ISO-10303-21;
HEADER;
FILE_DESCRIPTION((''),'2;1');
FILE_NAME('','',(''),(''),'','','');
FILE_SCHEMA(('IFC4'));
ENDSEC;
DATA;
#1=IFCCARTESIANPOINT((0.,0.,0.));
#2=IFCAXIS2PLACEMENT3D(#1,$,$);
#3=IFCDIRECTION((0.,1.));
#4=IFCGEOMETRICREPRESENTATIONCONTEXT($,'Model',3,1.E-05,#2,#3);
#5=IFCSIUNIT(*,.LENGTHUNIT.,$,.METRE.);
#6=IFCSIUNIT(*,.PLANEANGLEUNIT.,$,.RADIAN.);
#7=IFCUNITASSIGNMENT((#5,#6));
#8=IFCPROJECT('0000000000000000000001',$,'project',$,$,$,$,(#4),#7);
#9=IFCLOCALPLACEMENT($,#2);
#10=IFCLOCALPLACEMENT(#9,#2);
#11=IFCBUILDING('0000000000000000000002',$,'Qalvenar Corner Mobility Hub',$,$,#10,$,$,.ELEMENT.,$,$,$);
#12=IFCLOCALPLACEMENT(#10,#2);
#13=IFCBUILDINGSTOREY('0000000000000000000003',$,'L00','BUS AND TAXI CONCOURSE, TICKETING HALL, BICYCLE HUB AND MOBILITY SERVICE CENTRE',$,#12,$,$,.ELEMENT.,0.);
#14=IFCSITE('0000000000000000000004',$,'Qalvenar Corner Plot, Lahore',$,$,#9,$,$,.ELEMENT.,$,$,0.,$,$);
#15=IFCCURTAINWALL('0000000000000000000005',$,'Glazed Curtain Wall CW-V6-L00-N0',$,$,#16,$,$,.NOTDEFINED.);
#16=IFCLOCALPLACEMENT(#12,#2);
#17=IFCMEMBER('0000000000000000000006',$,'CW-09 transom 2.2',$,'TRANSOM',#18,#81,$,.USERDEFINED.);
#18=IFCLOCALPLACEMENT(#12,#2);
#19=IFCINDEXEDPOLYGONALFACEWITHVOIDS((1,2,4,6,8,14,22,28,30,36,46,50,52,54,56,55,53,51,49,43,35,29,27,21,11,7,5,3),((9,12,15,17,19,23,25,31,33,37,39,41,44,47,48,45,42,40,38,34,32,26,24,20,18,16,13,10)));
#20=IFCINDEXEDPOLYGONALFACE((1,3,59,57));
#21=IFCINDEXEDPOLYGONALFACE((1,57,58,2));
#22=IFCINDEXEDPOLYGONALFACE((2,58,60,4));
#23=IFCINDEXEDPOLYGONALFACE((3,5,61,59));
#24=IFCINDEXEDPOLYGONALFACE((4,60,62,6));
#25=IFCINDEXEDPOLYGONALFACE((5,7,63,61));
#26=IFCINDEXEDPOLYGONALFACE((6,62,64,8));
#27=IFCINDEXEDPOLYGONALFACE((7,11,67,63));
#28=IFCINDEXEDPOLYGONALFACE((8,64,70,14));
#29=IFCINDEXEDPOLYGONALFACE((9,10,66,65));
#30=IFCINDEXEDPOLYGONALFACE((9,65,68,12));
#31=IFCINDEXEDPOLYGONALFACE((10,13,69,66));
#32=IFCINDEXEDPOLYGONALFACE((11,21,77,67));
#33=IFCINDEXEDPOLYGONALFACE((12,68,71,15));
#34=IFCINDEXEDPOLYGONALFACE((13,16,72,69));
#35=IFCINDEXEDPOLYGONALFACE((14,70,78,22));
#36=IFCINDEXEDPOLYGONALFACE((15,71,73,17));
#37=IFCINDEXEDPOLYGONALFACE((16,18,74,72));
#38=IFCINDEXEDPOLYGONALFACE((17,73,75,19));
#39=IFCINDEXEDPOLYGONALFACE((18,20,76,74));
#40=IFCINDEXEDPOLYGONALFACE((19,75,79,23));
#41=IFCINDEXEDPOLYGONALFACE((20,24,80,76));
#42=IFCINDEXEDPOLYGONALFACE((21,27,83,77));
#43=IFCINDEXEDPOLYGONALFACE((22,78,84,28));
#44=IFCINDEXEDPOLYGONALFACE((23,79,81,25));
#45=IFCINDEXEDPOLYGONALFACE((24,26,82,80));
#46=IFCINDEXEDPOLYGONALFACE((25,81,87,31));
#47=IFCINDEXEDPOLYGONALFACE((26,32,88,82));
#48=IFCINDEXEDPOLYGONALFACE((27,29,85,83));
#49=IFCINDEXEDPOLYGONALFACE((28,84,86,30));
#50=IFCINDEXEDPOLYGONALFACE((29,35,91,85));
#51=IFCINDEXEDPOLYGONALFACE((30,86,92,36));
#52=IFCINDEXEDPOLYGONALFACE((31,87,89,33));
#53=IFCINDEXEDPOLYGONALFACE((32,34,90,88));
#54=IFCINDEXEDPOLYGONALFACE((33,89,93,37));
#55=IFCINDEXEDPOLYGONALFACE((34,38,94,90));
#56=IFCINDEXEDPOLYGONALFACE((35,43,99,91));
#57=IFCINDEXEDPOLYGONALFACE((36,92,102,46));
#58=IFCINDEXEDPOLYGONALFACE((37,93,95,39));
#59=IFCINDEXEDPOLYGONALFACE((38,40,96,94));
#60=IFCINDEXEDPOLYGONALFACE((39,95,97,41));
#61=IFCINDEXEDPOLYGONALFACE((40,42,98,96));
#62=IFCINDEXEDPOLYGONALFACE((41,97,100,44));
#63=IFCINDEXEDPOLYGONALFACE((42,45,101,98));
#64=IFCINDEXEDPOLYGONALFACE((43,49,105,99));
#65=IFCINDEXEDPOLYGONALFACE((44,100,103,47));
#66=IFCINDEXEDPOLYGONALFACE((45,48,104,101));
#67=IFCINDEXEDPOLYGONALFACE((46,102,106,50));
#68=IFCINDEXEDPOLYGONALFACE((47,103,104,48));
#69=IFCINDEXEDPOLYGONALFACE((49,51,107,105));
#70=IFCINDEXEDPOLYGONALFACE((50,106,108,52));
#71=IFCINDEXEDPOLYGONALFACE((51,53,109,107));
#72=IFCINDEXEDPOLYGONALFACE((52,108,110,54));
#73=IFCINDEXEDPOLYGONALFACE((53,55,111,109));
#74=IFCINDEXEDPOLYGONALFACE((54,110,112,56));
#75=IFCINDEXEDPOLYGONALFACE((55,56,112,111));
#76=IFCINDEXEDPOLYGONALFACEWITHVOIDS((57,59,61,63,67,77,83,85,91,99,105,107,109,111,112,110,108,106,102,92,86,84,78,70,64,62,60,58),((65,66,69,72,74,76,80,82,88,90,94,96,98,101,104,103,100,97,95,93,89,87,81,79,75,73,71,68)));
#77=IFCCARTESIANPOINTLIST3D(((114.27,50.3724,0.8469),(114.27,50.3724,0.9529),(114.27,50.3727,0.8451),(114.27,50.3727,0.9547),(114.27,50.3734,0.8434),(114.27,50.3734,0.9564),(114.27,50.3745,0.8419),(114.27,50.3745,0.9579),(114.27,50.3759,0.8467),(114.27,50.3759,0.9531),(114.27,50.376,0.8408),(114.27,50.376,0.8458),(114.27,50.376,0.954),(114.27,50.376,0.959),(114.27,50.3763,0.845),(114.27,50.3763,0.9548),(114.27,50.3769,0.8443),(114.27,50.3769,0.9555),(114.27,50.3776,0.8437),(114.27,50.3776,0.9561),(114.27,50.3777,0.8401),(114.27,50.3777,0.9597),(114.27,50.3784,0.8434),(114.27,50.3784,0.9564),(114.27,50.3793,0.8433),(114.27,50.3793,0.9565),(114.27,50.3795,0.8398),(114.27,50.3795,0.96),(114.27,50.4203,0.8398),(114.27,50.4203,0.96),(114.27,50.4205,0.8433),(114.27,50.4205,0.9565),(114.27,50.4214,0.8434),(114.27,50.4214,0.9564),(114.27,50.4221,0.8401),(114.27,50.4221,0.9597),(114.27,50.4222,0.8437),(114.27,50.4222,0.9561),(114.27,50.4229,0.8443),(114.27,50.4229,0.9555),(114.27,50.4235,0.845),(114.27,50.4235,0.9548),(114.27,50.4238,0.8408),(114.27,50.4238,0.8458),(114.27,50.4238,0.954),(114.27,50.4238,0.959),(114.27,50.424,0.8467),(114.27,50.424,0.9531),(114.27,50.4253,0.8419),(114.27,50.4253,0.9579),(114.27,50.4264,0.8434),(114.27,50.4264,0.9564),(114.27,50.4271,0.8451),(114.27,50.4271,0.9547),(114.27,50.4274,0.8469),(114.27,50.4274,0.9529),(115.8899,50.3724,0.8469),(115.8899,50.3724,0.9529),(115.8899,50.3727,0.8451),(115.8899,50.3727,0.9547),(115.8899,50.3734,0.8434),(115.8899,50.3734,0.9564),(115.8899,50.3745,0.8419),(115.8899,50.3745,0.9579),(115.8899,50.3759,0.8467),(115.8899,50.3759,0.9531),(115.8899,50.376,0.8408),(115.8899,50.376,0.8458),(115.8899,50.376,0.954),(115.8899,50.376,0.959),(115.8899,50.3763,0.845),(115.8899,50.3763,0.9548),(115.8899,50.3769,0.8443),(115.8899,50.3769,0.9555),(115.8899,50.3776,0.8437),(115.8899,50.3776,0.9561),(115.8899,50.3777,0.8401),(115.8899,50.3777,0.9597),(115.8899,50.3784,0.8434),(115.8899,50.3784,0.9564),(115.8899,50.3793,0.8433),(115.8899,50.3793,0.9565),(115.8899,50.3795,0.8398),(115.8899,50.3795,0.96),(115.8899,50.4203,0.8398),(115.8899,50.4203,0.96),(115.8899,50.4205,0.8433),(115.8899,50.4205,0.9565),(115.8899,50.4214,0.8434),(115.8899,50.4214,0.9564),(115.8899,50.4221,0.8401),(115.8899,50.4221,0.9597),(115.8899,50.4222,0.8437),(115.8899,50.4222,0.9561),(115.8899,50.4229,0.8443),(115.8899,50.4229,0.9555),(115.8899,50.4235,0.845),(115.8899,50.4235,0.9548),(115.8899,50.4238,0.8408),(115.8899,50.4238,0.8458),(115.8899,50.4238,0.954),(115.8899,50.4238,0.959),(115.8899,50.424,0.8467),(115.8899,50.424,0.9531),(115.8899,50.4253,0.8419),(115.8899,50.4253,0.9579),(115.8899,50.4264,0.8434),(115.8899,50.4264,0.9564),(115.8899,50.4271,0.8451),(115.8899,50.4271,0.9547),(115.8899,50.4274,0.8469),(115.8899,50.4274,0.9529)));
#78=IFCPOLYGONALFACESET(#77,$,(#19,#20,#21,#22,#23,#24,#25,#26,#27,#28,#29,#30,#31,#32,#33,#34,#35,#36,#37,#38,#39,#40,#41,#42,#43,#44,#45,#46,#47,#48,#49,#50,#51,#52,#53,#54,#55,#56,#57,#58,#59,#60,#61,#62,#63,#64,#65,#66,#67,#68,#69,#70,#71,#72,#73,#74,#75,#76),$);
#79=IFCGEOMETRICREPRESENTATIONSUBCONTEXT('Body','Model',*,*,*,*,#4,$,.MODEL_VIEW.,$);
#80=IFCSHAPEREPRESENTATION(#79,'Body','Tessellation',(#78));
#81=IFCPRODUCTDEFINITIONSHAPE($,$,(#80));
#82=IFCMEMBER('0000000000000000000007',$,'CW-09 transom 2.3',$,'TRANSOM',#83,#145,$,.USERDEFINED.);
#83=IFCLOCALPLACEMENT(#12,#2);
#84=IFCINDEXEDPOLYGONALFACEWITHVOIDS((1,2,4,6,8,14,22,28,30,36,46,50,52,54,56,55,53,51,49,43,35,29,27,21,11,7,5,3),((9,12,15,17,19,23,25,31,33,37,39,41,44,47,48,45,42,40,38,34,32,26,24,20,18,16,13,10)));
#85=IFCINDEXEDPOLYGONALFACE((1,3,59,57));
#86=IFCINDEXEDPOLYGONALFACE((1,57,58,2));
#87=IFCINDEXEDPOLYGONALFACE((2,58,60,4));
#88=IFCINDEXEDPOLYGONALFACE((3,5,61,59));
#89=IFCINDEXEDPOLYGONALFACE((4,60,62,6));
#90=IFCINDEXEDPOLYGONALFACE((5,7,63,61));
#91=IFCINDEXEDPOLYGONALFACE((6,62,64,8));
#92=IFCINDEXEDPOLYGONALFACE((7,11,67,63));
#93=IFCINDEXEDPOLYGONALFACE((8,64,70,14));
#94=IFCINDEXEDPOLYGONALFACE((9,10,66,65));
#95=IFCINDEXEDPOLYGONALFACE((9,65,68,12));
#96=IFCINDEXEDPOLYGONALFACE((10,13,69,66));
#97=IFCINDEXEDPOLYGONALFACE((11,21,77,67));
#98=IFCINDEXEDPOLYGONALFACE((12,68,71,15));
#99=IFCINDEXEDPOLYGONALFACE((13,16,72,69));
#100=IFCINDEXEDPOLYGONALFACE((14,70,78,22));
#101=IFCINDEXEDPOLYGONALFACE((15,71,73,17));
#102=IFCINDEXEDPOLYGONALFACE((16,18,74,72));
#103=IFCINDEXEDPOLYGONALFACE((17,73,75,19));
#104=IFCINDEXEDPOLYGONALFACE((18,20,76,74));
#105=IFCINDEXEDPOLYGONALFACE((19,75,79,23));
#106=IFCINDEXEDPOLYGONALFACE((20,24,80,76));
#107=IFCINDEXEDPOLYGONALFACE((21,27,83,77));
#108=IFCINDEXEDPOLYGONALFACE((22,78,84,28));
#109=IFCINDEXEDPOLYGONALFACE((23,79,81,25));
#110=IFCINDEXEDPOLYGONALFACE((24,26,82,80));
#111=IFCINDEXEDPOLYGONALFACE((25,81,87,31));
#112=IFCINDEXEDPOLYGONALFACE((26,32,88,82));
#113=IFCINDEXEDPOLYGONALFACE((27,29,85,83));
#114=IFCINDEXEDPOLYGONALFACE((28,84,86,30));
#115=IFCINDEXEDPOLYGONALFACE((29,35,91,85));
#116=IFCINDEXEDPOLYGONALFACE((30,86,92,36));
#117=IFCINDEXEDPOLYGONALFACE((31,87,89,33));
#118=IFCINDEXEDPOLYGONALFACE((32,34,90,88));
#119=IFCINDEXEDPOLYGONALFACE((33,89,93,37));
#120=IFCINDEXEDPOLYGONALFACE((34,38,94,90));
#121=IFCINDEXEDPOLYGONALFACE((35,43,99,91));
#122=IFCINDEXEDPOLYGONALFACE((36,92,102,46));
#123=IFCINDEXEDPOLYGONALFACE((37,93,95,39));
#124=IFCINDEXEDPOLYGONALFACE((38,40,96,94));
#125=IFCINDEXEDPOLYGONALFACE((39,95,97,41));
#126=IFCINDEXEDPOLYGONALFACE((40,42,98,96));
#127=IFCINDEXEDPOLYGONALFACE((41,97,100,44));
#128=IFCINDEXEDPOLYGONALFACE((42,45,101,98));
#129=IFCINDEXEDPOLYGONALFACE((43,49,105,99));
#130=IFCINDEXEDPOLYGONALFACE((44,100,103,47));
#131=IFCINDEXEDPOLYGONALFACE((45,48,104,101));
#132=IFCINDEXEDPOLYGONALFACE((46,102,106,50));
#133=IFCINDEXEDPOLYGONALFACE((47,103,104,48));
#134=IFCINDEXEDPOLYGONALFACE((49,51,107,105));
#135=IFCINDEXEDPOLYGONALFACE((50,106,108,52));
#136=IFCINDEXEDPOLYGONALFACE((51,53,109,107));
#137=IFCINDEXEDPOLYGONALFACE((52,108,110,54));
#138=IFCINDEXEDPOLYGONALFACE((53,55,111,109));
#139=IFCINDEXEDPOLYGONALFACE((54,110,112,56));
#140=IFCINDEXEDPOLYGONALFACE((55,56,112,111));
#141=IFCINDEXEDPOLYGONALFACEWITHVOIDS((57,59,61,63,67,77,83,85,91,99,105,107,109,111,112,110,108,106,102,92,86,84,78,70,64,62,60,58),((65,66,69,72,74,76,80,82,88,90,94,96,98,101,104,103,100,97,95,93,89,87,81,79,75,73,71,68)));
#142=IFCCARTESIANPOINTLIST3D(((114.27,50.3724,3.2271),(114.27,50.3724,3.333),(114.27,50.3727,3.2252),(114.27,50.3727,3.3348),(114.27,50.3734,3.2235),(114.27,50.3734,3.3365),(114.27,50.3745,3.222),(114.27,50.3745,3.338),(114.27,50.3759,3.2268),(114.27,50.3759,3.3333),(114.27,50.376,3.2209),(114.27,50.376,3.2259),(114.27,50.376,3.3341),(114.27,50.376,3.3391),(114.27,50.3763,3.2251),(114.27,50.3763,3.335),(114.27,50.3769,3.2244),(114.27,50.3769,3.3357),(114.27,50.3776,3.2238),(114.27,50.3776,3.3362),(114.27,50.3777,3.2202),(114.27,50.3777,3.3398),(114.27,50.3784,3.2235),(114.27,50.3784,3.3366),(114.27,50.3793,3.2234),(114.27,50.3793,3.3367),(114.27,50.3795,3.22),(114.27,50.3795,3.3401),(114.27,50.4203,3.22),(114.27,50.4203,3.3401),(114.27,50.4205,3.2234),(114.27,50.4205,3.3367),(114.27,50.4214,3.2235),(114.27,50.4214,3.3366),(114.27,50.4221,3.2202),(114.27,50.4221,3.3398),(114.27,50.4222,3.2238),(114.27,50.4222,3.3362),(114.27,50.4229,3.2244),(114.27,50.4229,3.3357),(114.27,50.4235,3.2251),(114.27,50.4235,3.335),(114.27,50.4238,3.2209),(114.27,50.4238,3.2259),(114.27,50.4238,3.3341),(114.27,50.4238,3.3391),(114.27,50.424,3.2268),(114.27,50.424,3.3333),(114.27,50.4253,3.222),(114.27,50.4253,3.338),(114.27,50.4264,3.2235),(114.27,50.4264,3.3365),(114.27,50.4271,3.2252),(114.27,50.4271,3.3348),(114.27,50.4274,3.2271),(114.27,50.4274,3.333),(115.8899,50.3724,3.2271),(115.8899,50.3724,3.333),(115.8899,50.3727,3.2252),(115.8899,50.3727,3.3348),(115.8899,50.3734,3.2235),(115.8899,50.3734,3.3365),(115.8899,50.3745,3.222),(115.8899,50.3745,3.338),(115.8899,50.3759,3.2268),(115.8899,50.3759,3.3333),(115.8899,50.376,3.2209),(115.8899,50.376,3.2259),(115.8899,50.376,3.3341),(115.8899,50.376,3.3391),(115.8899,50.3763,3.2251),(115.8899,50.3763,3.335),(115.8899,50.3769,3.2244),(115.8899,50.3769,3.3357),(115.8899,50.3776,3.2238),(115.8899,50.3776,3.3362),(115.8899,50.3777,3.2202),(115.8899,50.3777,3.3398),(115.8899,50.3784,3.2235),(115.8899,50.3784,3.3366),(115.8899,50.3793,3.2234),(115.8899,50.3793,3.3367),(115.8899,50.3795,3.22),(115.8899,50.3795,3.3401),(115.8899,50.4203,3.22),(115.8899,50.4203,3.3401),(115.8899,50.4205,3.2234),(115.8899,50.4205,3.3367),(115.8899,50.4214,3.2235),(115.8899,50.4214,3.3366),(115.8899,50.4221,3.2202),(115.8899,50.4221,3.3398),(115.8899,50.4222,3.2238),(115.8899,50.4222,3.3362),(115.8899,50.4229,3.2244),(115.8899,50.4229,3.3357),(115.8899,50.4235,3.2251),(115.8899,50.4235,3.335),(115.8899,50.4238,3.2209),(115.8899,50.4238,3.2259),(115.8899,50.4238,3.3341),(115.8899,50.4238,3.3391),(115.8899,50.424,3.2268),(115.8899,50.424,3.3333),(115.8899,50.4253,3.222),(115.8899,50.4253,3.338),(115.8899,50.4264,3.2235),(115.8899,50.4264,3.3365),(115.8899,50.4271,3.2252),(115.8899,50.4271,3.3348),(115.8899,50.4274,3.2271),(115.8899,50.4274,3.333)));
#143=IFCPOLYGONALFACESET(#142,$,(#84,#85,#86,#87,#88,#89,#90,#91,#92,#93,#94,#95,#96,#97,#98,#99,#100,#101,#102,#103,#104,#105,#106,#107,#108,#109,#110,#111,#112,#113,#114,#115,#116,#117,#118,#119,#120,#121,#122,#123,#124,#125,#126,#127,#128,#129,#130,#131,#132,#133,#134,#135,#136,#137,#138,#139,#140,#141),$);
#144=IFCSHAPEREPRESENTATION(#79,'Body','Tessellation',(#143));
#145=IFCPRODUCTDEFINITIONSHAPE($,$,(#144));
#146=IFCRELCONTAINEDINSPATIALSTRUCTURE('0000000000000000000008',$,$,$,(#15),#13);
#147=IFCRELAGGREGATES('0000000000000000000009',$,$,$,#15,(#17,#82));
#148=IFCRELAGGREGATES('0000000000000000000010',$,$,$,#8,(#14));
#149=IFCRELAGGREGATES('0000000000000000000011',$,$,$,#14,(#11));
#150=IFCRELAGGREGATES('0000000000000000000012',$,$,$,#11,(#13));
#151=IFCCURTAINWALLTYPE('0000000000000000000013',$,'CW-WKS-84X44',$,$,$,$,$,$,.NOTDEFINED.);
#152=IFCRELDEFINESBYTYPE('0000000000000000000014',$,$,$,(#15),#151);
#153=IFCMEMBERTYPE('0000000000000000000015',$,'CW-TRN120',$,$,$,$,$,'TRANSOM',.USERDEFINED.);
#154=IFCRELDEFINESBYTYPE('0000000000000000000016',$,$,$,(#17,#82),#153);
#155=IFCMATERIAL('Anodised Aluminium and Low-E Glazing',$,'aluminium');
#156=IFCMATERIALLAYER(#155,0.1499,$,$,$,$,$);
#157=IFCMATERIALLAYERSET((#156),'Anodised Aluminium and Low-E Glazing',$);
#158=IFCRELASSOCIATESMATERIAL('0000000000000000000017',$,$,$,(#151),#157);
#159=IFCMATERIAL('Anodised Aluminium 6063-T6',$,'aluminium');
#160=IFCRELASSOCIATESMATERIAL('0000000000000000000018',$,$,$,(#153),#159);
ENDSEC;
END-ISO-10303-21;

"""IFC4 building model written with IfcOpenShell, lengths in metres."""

from ifc_helpers import new_model, si_unit, direction, frame, origin, origin_2d, place, context, subcontext, project, spatial, hollow_rectangle, extrude, material, layer, layer_set, material_profile, profile_set, type_object, element, aggregate, save


model = new_model("IFC4")

# Units and contexts
model_context = context("Model", 3, precision=1e-05, world=origin(), true_north=direction((0.0, 1.0)))
body_context = subcontext(model_context, "Body", "Model", "MODEL_VIEW")
ifc_project = project(units=[si_unit("LENGTHUNIT", "METRE"), si_unit("PLANEANGLEUNIT", "RADIAN")], contexts=[model_context])

# Site, building, storey
site_placement = place(None, origin())
site = spatial("IfcSite", under=ifc_project, at=site_placement, Name="Qalvenar Corner Plot, Lahore", CompositionType="ELEMENT", RefElevation=0.0)
building_placement = place(site_placement, origin())
building = spatial("IfcBuilding", under=site, at=building_placement, Name="Qalvenar Corner Mobility Hub", CompositionType="ELEMENT")
storey_placement = place(building_placement, origin())
storey = spatial("IfcBuildingStorey", under=building, at=storey_placement, Name="L00", Description="BUS AND TAXI CONCOURSE, TICKETING HALL, BICYCLE HUB AND MOBILITY SERVICE CENTRE", CompositionType="ELEMENT", Elevation=0.0)

# Curtain wall, members
ifc_material_1 = material(Name="Anodised Aluminium and Low-E Glazing", Category="aluminium")
ifc_layer_1 = layer(ifc_material_1, 0.1499)
ifc_layer_set_1 = layer_set([ifc_layer_1], Name="Anodised Aluminium and Low-E Glazing")
curtain_wall_type = type_object("IfcCurtainWallType", Name="CW-WKS-84X44", PredefinedType="NOTDEFINED", material=ifc_layer_set_1)
curtain_wall_placement = place(storey_placement, origin())
curtain_wall = element("IfcCurtainWall", 1, at=curtain_wall_placement, inside=storey, type_object=curtain_wall_type, Name="Glazed Curtain Wall CW-V6-L00-N0", PredefinedType="NOTDEFINED")
ifc_material_2 = material(Name="Anodised Aluminium 6063-T6", Category="aluminium")
ifc_material_profile_1 = material_profile(ifc_material_2, hollow_rectangle(XDim=0.0549, YDim=0.1201, WallThickness=0.0034, InnerFilletRadius=0.0034, OuterFilletRadius=0.0071, at=origin_2d()), Name="RHS120x55x3.5")
ifc_profile_set_1 = profile_set([ifc_material_profile_1], Name="Anodised Aluminium 6063-T6")
member_type_1 = type_object("IfcMemberType", Name="CW-TRN120", ElementType="TRANSOM", PredefinedType="USERDEFINED", material=ifc_profile_set_1)
member_1_placement = place(storey_placement, frame((115.8899, 50.3999, 0.8999), z_axis=(-1.0, 0.0, 0.0), x_axis=(0.0, -1.0, 0.0)))
member_1 = element("IfcMember", 2, at=member_1_placement, type_object=member_type_1, Name="CW-09 transom 2.2", ObjectType="TRANSOM", PredefinedType="USERDEFINED", context=body_context, shape_type="SweptSolid", body=[
    extrude(hollow_rectangle(XDim=0.0549, YDim=0.1201, WallThickness=0.0034, InnerFilletRadius=0.0034, OuterFilletRadius=0.0071, at=origin_2d()), origin(), (0.0, 0.0, 1.0), 1.6199),
])
member_2_placement = place(storey_placement, frame((115.8899, 50.3999, 3.28), z_axis=(-1.0, 0.0, 0.0), x_axis=(0.0, -1.0, 0.0)))
member_2 = element("IfcMember", 3, at=member_2_placement, type_object=member_type_1, Name="CW-09 transom 2.3", ObjectType="TRANSOM", PredefinedType="USERDEFINED", context=body_context, shape_type="SweptSolid", body=[
    extrude(hollow_rectangle(XDim=0.0549, YDim=0.1201, WallThickness=0.0034, InnerFilletRadius=0.0034, OuterFilletRadius=0.0071, at=origin_2d()), origin(), (0.0, 0.0, 1.0), 1.6199),
])
aggregate(curtain_wall, [member_1, member_2])

save(model, "model.ifc")
